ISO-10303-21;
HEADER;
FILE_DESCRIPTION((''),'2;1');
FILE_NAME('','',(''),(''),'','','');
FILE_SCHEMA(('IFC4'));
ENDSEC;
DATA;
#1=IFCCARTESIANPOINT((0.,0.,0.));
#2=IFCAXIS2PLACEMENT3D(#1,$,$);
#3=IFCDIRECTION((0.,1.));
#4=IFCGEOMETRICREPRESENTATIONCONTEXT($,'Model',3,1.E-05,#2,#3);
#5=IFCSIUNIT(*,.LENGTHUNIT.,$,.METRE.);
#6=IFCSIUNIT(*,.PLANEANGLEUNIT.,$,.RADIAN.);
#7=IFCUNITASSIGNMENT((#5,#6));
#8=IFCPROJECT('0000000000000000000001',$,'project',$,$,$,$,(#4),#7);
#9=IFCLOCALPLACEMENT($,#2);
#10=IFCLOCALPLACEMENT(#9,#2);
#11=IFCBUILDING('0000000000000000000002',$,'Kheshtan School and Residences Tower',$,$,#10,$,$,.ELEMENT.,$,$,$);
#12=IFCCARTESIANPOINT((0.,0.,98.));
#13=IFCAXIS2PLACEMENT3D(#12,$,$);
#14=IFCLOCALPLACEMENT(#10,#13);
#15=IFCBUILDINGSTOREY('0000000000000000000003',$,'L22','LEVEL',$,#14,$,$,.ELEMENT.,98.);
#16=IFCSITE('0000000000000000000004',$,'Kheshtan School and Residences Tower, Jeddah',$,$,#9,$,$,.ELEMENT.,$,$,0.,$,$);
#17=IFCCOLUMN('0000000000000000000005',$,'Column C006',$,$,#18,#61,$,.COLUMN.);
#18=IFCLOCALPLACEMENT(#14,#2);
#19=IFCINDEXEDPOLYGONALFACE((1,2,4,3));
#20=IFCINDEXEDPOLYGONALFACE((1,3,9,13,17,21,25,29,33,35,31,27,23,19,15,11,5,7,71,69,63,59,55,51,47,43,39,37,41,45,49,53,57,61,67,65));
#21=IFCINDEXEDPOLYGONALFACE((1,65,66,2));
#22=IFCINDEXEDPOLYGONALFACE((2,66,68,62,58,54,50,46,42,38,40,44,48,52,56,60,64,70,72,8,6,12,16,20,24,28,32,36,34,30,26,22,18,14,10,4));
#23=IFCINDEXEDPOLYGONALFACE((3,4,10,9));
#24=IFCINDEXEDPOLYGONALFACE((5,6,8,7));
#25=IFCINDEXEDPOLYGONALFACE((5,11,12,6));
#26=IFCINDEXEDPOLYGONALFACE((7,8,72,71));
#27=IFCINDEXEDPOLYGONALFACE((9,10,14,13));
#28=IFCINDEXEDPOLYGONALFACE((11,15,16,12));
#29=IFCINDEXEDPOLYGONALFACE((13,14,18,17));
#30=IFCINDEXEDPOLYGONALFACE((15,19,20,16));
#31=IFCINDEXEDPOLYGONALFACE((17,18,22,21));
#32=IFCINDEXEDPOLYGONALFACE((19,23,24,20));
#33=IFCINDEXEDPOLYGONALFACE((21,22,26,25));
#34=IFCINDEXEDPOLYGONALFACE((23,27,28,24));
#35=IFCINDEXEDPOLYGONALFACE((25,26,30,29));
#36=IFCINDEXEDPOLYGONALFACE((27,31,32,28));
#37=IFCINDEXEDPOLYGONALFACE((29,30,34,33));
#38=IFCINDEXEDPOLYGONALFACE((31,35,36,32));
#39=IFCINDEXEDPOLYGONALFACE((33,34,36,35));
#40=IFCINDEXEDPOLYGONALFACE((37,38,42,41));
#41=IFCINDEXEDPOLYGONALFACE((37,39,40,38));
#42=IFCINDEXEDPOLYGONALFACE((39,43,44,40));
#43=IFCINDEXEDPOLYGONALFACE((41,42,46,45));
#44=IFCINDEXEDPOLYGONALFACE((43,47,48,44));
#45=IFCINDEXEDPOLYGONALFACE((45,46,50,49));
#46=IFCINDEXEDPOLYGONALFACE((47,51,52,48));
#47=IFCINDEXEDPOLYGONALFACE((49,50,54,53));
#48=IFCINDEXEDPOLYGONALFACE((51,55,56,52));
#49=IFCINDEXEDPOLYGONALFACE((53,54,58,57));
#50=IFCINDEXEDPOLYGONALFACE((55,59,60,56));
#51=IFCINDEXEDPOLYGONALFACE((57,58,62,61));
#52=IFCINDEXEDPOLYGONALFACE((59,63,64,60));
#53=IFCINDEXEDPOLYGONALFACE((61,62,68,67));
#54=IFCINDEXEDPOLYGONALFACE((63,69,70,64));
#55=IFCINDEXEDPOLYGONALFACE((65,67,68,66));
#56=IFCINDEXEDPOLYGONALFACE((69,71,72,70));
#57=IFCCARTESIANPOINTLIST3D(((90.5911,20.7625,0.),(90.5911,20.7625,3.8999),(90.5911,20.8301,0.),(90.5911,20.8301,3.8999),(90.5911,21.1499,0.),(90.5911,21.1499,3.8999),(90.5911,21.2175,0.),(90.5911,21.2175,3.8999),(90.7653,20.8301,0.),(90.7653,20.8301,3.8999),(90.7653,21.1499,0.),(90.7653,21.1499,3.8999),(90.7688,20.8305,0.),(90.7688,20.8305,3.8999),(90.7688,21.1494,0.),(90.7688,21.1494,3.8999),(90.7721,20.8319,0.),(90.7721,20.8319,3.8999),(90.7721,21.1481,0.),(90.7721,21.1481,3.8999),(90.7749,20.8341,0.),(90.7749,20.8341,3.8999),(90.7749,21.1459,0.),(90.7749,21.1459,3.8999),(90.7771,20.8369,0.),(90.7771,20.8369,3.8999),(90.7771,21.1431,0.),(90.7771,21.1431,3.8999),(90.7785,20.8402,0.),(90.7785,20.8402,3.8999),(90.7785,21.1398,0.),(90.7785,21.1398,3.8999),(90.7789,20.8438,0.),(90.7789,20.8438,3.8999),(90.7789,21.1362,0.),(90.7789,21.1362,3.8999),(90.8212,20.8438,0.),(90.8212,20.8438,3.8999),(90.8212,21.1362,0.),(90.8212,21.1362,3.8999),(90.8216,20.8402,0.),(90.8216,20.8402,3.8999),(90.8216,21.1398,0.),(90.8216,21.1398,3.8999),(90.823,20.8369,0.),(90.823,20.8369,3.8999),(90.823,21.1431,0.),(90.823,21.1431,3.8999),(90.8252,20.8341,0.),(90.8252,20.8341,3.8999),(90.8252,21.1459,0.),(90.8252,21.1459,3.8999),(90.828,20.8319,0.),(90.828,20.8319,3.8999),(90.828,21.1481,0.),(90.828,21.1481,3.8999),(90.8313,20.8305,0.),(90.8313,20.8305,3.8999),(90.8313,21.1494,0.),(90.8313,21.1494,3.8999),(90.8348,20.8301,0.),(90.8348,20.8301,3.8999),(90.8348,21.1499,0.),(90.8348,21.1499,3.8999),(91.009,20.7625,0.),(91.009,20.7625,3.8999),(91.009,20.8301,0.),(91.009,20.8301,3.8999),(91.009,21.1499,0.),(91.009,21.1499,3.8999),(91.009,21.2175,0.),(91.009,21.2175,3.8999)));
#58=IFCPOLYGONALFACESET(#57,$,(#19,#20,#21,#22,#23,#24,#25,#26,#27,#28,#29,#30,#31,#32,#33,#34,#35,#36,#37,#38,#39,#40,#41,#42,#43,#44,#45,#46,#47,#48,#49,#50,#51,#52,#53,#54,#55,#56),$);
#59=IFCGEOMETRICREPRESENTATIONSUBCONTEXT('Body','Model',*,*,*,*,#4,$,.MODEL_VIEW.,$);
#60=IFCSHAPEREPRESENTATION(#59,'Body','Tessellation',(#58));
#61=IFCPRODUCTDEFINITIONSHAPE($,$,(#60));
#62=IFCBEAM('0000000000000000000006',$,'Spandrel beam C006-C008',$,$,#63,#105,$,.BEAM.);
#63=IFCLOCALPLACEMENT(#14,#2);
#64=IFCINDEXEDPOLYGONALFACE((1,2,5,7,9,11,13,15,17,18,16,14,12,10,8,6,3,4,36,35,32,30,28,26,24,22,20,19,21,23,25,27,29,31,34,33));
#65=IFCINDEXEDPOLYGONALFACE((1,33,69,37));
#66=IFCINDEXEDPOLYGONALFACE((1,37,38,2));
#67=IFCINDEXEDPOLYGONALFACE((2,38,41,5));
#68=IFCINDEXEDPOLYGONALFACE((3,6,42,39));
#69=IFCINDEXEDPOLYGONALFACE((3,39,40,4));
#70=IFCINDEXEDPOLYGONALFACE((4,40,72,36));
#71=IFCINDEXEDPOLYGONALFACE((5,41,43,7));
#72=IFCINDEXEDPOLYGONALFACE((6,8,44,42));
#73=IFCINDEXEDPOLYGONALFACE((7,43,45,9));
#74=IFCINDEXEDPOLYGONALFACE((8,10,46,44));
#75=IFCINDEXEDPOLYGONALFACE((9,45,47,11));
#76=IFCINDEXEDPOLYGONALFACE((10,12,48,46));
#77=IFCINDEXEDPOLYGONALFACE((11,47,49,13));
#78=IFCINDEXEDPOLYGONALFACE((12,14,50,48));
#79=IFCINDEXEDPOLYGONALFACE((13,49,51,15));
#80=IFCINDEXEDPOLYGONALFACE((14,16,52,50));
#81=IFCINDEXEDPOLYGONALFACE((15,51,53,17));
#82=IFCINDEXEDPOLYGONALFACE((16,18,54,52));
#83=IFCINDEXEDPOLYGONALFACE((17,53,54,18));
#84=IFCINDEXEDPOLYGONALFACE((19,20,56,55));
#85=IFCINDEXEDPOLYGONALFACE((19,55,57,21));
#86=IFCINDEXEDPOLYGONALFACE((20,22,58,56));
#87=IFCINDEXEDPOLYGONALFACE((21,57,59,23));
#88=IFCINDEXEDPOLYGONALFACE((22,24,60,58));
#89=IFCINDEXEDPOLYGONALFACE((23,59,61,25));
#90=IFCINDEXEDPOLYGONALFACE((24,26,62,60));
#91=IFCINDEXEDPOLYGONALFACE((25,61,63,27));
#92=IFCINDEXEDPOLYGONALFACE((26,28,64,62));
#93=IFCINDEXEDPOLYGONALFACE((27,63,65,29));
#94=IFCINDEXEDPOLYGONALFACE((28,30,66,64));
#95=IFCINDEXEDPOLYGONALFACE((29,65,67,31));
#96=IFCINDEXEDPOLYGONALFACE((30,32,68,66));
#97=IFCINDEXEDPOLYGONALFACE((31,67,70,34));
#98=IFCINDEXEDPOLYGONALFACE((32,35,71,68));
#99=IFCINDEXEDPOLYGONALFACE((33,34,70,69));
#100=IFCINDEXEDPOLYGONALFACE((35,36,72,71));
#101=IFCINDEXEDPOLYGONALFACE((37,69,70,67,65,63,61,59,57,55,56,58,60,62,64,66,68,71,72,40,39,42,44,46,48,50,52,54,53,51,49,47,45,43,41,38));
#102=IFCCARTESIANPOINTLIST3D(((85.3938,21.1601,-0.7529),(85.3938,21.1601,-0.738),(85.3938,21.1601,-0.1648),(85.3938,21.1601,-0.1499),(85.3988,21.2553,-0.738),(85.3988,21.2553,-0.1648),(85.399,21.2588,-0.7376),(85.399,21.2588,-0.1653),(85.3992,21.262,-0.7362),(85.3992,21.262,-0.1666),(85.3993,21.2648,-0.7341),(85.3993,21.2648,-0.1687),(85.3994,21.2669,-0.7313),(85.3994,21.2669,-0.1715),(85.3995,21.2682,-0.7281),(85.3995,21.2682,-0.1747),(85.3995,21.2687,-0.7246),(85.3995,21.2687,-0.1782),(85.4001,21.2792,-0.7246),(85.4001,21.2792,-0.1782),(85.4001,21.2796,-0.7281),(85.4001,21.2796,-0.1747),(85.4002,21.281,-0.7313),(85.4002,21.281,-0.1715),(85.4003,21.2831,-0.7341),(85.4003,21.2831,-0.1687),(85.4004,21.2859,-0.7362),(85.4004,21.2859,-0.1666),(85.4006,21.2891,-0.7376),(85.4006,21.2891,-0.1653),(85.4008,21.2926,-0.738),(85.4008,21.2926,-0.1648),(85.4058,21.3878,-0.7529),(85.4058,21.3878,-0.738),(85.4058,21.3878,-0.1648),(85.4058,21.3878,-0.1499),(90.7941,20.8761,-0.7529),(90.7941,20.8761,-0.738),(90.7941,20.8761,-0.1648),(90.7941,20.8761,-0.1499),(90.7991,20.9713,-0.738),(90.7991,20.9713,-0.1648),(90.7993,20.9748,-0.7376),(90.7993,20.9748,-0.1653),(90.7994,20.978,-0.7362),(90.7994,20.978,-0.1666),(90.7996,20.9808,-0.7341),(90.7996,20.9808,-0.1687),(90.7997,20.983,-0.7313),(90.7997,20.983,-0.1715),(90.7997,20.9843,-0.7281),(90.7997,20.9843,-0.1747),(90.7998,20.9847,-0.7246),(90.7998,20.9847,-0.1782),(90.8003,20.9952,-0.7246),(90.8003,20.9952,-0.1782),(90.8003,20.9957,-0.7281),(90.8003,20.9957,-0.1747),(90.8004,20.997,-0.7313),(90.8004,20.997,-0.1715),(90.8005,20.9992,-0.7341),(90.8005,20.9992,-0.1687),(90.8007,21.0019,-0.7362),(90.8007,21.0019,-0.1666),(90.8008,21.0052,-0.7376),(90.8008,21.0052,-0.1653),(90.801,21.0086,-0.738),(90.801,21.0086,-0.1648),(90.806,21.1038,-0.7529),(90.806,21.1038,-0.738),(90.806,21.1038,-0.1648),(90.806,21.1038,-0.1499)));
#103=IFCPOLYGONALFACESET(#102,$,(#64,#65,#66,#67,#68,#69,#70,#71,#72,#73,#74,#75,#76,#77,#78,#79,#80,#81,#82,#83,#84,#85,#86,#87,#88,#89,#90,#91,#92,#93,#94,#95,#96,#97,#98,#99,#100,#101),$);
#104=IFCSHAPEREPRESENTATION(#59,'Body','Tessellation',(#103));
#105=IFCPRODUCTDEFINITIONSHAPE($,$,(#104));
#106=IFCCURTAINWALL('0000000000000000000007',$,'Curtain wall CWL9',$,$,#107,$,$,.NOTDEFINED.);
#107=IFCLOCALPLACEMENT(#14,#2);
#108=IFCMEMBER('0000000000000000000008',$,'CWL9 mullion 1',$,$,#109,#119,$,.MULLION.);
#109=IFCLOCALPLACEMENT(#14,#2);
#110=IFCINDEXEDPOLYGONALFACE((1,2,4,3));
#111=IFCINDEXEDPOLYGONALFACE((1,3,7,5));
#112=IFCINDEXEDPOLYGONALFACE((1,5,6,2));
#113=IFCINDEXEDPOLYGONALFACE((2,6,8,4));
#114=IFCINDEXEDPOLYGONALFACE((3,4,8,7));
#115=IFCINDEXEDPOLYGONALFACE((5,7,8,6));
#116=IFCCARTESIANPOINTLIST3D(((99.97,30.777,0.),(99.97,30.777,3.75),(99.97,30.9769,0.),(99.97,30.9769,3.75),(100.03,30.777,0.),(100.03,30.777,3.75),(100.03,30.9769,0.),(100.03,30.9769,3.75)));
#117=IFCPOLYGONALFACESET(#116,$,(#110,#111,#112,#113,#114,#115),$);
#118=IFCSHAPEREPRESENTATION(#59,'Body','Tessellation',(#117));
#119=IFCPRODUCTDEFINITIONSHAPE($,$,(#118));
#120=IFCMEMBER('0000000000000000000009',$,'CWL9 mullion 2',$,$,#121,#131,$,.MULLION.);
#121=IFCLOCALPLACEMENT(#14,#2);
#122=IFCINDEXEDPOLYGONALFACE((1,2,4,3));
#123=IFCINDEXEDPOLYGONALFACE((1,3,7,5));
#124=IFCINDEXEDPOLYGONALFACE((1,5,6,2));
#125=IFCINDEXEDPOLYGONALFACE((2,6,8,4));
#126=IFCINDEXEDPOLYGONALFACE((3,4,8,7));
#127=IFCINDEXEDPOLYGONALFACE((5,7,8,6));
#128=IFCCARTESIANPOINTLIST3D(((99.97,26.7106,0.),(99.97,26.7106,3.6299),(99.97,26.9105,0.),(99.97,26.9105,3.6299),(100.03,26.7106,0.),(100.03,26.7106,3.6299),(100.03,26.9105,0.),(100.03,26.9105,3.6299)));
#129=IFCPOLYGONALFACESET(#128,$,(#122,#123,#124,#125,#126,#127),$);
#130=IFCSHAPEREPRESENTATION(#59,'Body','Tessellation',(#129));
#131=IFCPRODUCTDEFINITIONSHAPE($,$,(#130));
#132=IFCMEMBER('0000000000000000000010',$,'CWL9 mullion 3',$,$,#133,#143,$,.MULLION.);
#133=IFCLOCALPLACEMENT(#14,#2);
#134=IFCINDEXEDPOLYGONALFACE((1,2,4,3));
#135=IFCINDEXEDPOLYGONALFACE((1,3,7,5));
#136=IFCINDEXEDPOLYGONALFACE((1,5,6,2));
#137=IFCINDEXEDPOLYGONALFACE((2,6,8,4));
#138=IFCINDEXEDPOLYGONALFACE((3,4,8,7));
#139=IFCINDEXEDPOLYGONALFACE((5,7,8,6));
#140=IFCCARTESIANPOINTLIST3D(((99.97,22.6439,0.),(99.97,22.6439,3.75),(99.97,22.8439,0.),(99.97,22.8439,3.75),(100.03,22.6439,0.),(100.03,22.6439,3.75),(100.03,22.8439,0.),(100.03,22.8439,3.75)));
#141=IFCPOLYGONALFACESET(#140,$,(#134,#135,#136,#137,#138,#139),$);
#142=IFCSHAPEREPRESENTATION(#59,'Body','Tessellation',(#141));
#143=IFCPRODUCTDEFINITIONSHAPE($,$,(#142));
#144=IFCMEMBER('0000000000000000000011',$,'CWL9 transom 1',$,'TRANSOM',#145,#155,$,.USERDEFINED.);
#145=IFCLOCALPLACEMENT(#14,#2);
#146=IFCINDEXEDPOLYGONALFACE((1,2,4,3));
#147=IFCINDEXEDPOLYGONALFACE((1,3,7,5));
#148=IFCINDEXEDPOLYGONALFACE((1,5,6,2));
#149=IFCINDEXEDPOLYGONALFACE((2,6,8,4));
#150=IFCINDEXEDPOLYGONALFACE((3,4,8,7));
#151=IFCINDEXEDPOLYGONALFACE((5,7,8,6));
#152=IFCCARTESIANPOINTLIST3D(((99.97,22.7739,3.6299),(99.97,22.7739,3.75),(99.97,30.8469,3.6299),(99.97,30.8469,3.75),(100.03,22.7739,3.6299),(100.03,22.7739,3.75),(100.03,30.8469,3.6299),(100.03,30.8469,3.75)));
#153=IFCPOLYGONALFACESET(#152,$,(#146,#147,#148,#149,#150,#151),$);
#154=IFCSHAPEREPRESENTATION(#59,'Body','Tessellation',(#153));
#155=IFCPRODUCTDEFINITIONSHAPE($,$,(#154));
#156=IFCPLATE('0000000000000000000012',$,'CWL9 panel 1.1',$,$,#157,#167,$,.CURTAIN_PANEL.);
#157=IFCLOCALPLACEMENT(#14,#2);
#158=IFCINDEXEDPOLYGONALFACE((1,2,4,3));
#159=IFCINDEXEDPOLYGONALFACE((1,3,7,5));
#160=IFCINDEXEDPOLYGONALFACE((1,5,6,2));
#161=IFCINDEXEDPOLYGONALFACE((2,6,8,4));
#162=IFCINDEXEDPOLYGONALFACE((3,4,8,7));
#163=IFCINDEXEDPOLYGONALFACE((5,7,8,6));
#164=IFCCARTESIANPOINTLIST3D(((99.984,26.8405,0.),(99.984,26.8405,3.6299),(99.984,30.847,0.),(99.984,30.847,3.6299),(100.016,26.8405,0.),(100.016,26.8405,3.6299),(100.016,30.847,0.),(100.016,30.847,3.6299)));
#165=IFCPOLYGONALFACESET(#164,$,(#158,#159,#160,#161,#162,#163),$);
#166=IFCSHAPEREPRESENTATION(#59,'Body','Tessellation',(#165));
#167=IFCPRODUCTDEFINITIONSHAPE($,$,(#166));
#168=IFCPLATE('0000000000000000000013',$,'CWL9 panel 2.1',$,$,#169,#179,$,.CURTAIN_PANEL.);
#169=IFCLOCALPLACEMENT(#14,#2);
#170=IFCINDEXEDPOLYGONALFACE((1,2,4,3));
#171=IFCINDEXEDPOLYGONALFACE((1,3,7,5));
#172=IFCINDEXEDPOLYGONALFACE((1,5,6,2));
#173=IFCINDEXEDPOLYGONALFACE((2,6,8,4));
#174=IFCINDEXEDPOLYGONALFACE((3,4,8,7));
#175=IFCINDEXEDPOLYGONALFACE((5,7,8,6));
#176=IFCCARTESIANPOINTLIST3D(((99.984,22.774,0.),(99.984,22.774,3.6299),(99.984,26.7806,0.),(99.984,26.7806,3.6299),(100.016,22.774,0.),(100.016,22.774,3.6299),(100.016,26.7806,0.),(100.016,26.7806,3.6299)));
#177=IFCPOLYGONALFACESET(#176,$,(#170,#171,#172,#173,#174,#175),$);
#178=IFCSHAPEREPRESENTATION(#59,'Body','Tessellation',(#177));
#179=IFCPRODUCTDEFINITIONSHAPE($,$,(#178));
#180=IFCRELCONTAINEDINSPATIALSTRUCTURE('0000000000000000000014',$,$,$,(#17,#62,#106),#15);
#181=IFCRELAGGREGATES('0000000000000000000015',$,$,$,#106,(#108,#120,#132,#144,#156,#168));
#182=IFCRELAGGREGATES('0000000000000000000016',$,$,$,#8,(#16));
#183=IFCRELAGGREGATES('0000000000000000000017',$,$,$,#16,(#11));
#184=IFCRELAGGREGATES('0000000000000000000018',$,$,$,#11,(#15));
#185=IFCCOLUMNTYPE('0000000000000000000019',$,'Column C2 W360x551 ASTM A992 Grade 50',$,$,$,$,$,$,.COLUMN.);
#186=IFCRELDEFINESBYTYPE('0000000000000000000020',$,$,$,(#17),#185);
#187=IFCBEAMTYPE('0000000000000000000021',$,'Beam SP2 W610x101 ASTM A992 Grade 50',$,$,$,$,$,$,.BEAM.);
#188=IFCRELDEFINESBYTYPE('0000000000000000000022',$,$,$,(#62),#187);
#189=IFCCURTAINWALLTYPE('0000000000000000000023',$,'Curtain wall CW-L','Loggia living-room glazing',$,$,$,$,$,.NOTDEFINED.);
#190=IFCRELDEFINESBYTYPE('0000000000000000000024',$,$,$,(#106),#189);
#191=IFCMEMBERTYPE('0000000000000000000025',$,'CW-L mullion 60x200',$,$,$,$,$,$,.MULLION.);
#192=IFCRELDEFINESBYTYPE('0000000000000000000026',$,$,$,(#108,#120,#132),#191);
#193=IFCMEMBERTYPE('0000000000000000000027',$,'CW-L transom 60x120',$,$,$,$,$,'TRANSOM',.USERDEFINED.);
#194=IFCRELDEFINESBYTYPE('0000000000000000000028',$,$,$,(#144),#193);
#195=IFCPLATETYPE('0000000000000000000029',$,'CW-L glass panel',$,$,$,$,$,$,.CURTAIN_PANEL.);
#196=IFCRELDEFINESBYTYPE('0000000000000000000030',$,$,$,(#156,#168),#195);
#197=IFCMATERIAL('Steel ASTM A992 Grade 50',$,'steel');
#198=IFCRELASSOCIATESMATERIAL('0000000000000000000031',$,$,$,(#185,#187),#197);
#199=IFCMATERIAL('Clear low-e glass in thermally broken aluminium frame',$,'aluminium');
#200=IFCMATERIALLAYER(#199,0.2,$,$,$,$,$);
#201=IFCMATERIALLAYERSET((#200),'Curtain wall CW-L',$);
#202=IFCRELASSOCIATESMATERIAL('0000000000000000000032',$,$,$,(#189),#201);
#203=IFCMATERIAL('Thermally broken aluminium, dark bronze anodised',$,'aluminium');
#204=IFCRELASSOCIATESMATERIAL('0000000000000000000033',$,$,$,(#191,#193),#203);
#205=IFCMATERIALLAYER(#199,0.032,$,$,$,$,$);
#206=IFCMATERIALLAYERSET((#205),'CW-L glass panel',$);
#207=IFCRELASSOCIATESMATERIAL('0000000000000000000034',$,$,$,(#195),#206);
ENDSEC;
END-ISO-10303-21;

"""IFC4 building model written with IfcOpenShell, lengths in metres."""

from ifc_helpers import new_model, si_unit, direction, frame, origin, origin_2d, place, context, subcontext, project, spatial, rectangle, i_section, extrude, material, layer, layer_set, material_profile, profile_set, type_object, element, aggregate, save


model = new_model("IFC4")

# Units and contexts
model_context = context("Model", 3, precision=1e-05, world=origin(), true_north=direction((0.0, 1.0)))
body_context = subcontext(model_context, "Body", "Model", "MODEL_VIEW")
ifc_project = project(units=[si_unit("LENGTHUNIT", "METRE"), si_unit("PLANEANGLEUNIT", "RADIAN")], contexts=[model_context])

# Site, building, storey
site_placement = place(None, origin())
site = spatial("IfcSite", under=ifc_project, at=site_placement, Name="Kheshtan School and Residences Tower, Jeddah", CompositionType="ELEMENT", RefElevation=0.0)
building_placement = place(site_placement, origin())
building = spatial("IfcBuilding", under=site, at=building_placement, Name="Kheshtan School and Residences Tower", CompositionType="ELEMENT")
storey_placement = place(building_placement, frame((0.0, 0.0, 98.0)))
storey = spatial("IfcBuildingStorey", under=building, at=storey_placement, Name="L22", Description="LEVEL", CompositionType="ELEMENT", Elevation=98.0)

# Column
ifc_material_1 = material(Name="Steel ASTM A992 Grade 50", Category="steel")
ifc_material_profile_1 = material_profile(ifc_material_1, i_section(OverallWidth=0.418, OverallDepth=0.4551, WebThickness=0.0422, FlangeThickness=0.0676, FilletRadius=0.0137, at=origin_2d()), Name="W360x551")
ifc_profile_set_1 = profile_set([ifc_material_profile_1], Name="Steel ASTM A992 Grade 50")
column_type = type_object("IfcColumnType", Name="Column C2 W360x551 ASTM A992 Grade 50", PredefinedType="COLUMN", material=ifc_profile_set_1)
column_placement = place(storey_placement, frame((90.8, 20.99, 0.0), z_axis=(0.0, 0.0, 1.0), x_axis=(1.0, 0.0, 0.0)))
element("IfcColumn", 1, at=column_placement, inside=storey, type_object=column_type, Name="Column C006", PredefinedType="COLUMN", context=body_context, shape_type="SweptSolid", body=[
    extrude(i_section(OverallWidth=0.418, OverallDepth=0.4551, WebThickness=0.0422, FlangeThickness=0.0676, FilletRadius=0.0137, at=origin_2d()), origin(), (0.0, 0.0, 1.0), 3.8999),
])

# Beam
ifc_material_profile_2 = material_profile(ifc_material_1, i_section(OverallWidth=0.228, OverallDepth=0.603, WebThickness=0.0105, FlangeThickness=0.0149, FilletRadius=0.0134, at=origin_2d()), Name="W610x101")
ifc_profile_set_2 = profile_set([ifc_material_profile_2], Name="Steel ASTM A992 Grade 50")
beam_type = type_object("IfcBeamType", Name="Beam SP2 W610x101 ASTM A992 Grade 50", PredefinedType="BEAM", material=ifc_profile_set_2)
beam_placement = place(storey_placement, frame((90.8, 20.99, -0.4514), z_axis=(-0.998621, 0.052507, 0.0), x_axis=(-0.052507, -0.998621, 0.0)))
element("IfcBeam", 2, at=beam_placement, inside=storey, type_object=beam_type, Name="Spandrel beam C006-C008", PredefinedType="BEAM", context=body_context, shape_type="SweptSolid", body=[
    extrude(i_section(OverallWidth=0.228, OverallDepth=0.603, WebThickness=0.0105, FlangeThickness=0.0149, FilletRadius=0.0134, at=origin_2d()), origin(), (0.0, 0.0, 1.0), 5.4077),
])

# Curtain wall, members, plates
ifc_material_2 = material(Name="Clear low-e glass in thermally broken aluminium frame", Category="aluminium")
ifc_layer_1 = layer(ifc_material_2, 0.2)
ifc_layer_set_1 = layer_set([ifc_layer_1], Name="Curtain wall CW-L")
curtain_wall_type = type_object("IfcCurtainWallType", Name="Curtain wall CW-L", Description="Loggia living-room glazing", PredefinedType="NOTDEFINED", material=ifc_layer_set_1)
curtain_wall_placement = place(storey_placement, origin())
curtain_wall = element("IfcCurtainWall", 3, at=curtain_wall_placement, inside=storey, type_object=curtain_wall_type, Name="Curtain wall CWL9", PredefinedType="NOTDEFINED")
ifc_material_3 = material(Name="Thermally broken aluminium, dark bronze anodised", Category="aluminium")
ifc_material_profile_3 = material_profile(ifc_material_3, rectangle(XDim=0.0601, YDim=0.2, at=origin_2d()), Name="CW-L mullion 60x200")
ifc_profile_set_3 = profile_set([ifc_material_profile_3], Name="Thermally broken aluminium, dark bronze anodised")
member_type_1 = type_object("IfcMemberType", Name="CW-L mullion 60x200", PredefinedType="MULLION", material=ifc_profile_set_3)
member_1_placement = place(storey_placement, frame((100.0, 30.877, 0.0), z_axis=(0.0, 0.0, 1.0), x_axis=(1.0, 0.0, 0.0)))
member_1 = element("IfcMember", 4, at=member_1_placement, type_object=member_type_1, Name="CWL9 mullion 1", PredefinedType="MULLION", context=body_context, shape_type="SweptSolid", body=[
    extrude(rectangle(XDim=0.0601, YDim=0.2, at=origin_2d()), origin(), (0.0, 0.0, 1.0), 3.75),
])
member_2_placement = place(storey_placement, frame((100.0, 26.8105, 0.0), z_axis=(0.0, 0.0, 1.0), x_axis=(1.0, 0.0, 0.0)))
member_2 = element("IfcMember", 5, at=member_2_placement, type_object=member_type_1, Name="CWL9 mullion 2", PredefinedType="MULLION", context=body_context, shape_type="SweptSolid", body=[
    extrude(rectangle(XDim=0.0601, YDim=0.2, at=origin_2d()), origin(), (0.0, 0.0, 1.0), 3.6299),
])
member_3_placement = place(storey_placement, frame((100.0, 22.7439, 0.0), z_axis=(0.0, 0.0, 1.0), x_axis=(1.0, 0.0, 0.0)))
member_3 = element("IfcMember", 6, at=member_3_placement, type_object=member_type_1, Name="CWL9 mullion 3", PredefinedType="MULLION", context=body_context, shape_type="SweptSolid", body=[
    extrude(rectangle(XDim=0.0601, YDim=0.2, at=origin_2d()), origin(), (0.0, 0.0, 1.0), 3.75),
])
ifc_material_profile_4 = material_profile(ifc_material_3, rectangle(XDim=0.0601, YDim=0.1201, at=origin_2d()), Name="CW-L transom 60x120")
ifc_profile_set_4 = profile_set([ifc_material_profile_4], Name="Thermally broken aluminium, dark bronze anodised")
member_type_2 = type_object("IfcMemberType", Name="CW-L transom 60x120", ElementType="TRANSOM", PredefinedType="USERDEFINED", material=ifc_profile_set_4)
member_4_placement = place(storey_placement, frame((100.0, 30.8469, 3.6899), z_axis=(0.0, -1.0, 0.0), x_axis=(1.0, 0.0, 0.0)))
member_4 = element("IfcMember", 7, at=member_4_placement, type_object=member_type_2, Name="CWL9 transom 1", ObjectType="TRANSOM", PredefinedType="USERDEFINED", context=body_context, shape_type="SweptSolid", body=[
    extrude(rectangle(XDim=0.0601, YDim=0.1201, at=origin_2d()), origin(), (0.0, 0.0, 1.0), 8.073),
])
ifc_layer_2 = layer(ifc_material_2, 0.032)
ifc_layer_set_2 = layer_set([ifc_layer_2], Name="CW-L glass panel")
plate_type = type_object("IfcPlateType", Name="CW-L glass panel", PredefinedType="CURTAIN_PANEL", material=ifc_layer_set_2)
plate_1_placement = place(storey_placement, frame((100.0, 28.8438, 0.0), z_axis=(0.0, 0.0, 1.0), x_axis=(0.0, -1.0, 0.0)))
plate_1 = element("IfcPlate", 8, at=plate_1_placement, type_object=plate_type, Name="CWL9 panel 1.1", PredefinedType="CURTAIN_PANEL", context=body_context, shape_type="SweptSolid", body=[
    extrude(rectangle(XDim=4.0066, YDim=0.032, at=origin_2d()), origin(), (0.0, 0.0, 1.0), 3.6299),
])
plate_2_placement = place(storey_placement, frame((100.0, 24.7773, 0.0), z_axis=(0.0, 0.0, 1.0), x_axis=(0.0, -1.0, 0.0)))
plate_2 = element("IfcPlate", 9, at=plate_2_placement, type_object=plate_type, Name="CWL9 panel 2.1", PredefinedType="CURTAIN_PANEL", context=body_context, shape_type="SweptSolid", body=[
    extrude(rectangle(XDim=4.0066, YDim=0.032, at=origin_2d()), origin(), (0.0, 0.0, 1.0), 3.6299),
])
aggregate(curtain_wall, [member_1, member_2, member_3, member_4, plate_1, plate_2])

save(model, "model.ifc")
